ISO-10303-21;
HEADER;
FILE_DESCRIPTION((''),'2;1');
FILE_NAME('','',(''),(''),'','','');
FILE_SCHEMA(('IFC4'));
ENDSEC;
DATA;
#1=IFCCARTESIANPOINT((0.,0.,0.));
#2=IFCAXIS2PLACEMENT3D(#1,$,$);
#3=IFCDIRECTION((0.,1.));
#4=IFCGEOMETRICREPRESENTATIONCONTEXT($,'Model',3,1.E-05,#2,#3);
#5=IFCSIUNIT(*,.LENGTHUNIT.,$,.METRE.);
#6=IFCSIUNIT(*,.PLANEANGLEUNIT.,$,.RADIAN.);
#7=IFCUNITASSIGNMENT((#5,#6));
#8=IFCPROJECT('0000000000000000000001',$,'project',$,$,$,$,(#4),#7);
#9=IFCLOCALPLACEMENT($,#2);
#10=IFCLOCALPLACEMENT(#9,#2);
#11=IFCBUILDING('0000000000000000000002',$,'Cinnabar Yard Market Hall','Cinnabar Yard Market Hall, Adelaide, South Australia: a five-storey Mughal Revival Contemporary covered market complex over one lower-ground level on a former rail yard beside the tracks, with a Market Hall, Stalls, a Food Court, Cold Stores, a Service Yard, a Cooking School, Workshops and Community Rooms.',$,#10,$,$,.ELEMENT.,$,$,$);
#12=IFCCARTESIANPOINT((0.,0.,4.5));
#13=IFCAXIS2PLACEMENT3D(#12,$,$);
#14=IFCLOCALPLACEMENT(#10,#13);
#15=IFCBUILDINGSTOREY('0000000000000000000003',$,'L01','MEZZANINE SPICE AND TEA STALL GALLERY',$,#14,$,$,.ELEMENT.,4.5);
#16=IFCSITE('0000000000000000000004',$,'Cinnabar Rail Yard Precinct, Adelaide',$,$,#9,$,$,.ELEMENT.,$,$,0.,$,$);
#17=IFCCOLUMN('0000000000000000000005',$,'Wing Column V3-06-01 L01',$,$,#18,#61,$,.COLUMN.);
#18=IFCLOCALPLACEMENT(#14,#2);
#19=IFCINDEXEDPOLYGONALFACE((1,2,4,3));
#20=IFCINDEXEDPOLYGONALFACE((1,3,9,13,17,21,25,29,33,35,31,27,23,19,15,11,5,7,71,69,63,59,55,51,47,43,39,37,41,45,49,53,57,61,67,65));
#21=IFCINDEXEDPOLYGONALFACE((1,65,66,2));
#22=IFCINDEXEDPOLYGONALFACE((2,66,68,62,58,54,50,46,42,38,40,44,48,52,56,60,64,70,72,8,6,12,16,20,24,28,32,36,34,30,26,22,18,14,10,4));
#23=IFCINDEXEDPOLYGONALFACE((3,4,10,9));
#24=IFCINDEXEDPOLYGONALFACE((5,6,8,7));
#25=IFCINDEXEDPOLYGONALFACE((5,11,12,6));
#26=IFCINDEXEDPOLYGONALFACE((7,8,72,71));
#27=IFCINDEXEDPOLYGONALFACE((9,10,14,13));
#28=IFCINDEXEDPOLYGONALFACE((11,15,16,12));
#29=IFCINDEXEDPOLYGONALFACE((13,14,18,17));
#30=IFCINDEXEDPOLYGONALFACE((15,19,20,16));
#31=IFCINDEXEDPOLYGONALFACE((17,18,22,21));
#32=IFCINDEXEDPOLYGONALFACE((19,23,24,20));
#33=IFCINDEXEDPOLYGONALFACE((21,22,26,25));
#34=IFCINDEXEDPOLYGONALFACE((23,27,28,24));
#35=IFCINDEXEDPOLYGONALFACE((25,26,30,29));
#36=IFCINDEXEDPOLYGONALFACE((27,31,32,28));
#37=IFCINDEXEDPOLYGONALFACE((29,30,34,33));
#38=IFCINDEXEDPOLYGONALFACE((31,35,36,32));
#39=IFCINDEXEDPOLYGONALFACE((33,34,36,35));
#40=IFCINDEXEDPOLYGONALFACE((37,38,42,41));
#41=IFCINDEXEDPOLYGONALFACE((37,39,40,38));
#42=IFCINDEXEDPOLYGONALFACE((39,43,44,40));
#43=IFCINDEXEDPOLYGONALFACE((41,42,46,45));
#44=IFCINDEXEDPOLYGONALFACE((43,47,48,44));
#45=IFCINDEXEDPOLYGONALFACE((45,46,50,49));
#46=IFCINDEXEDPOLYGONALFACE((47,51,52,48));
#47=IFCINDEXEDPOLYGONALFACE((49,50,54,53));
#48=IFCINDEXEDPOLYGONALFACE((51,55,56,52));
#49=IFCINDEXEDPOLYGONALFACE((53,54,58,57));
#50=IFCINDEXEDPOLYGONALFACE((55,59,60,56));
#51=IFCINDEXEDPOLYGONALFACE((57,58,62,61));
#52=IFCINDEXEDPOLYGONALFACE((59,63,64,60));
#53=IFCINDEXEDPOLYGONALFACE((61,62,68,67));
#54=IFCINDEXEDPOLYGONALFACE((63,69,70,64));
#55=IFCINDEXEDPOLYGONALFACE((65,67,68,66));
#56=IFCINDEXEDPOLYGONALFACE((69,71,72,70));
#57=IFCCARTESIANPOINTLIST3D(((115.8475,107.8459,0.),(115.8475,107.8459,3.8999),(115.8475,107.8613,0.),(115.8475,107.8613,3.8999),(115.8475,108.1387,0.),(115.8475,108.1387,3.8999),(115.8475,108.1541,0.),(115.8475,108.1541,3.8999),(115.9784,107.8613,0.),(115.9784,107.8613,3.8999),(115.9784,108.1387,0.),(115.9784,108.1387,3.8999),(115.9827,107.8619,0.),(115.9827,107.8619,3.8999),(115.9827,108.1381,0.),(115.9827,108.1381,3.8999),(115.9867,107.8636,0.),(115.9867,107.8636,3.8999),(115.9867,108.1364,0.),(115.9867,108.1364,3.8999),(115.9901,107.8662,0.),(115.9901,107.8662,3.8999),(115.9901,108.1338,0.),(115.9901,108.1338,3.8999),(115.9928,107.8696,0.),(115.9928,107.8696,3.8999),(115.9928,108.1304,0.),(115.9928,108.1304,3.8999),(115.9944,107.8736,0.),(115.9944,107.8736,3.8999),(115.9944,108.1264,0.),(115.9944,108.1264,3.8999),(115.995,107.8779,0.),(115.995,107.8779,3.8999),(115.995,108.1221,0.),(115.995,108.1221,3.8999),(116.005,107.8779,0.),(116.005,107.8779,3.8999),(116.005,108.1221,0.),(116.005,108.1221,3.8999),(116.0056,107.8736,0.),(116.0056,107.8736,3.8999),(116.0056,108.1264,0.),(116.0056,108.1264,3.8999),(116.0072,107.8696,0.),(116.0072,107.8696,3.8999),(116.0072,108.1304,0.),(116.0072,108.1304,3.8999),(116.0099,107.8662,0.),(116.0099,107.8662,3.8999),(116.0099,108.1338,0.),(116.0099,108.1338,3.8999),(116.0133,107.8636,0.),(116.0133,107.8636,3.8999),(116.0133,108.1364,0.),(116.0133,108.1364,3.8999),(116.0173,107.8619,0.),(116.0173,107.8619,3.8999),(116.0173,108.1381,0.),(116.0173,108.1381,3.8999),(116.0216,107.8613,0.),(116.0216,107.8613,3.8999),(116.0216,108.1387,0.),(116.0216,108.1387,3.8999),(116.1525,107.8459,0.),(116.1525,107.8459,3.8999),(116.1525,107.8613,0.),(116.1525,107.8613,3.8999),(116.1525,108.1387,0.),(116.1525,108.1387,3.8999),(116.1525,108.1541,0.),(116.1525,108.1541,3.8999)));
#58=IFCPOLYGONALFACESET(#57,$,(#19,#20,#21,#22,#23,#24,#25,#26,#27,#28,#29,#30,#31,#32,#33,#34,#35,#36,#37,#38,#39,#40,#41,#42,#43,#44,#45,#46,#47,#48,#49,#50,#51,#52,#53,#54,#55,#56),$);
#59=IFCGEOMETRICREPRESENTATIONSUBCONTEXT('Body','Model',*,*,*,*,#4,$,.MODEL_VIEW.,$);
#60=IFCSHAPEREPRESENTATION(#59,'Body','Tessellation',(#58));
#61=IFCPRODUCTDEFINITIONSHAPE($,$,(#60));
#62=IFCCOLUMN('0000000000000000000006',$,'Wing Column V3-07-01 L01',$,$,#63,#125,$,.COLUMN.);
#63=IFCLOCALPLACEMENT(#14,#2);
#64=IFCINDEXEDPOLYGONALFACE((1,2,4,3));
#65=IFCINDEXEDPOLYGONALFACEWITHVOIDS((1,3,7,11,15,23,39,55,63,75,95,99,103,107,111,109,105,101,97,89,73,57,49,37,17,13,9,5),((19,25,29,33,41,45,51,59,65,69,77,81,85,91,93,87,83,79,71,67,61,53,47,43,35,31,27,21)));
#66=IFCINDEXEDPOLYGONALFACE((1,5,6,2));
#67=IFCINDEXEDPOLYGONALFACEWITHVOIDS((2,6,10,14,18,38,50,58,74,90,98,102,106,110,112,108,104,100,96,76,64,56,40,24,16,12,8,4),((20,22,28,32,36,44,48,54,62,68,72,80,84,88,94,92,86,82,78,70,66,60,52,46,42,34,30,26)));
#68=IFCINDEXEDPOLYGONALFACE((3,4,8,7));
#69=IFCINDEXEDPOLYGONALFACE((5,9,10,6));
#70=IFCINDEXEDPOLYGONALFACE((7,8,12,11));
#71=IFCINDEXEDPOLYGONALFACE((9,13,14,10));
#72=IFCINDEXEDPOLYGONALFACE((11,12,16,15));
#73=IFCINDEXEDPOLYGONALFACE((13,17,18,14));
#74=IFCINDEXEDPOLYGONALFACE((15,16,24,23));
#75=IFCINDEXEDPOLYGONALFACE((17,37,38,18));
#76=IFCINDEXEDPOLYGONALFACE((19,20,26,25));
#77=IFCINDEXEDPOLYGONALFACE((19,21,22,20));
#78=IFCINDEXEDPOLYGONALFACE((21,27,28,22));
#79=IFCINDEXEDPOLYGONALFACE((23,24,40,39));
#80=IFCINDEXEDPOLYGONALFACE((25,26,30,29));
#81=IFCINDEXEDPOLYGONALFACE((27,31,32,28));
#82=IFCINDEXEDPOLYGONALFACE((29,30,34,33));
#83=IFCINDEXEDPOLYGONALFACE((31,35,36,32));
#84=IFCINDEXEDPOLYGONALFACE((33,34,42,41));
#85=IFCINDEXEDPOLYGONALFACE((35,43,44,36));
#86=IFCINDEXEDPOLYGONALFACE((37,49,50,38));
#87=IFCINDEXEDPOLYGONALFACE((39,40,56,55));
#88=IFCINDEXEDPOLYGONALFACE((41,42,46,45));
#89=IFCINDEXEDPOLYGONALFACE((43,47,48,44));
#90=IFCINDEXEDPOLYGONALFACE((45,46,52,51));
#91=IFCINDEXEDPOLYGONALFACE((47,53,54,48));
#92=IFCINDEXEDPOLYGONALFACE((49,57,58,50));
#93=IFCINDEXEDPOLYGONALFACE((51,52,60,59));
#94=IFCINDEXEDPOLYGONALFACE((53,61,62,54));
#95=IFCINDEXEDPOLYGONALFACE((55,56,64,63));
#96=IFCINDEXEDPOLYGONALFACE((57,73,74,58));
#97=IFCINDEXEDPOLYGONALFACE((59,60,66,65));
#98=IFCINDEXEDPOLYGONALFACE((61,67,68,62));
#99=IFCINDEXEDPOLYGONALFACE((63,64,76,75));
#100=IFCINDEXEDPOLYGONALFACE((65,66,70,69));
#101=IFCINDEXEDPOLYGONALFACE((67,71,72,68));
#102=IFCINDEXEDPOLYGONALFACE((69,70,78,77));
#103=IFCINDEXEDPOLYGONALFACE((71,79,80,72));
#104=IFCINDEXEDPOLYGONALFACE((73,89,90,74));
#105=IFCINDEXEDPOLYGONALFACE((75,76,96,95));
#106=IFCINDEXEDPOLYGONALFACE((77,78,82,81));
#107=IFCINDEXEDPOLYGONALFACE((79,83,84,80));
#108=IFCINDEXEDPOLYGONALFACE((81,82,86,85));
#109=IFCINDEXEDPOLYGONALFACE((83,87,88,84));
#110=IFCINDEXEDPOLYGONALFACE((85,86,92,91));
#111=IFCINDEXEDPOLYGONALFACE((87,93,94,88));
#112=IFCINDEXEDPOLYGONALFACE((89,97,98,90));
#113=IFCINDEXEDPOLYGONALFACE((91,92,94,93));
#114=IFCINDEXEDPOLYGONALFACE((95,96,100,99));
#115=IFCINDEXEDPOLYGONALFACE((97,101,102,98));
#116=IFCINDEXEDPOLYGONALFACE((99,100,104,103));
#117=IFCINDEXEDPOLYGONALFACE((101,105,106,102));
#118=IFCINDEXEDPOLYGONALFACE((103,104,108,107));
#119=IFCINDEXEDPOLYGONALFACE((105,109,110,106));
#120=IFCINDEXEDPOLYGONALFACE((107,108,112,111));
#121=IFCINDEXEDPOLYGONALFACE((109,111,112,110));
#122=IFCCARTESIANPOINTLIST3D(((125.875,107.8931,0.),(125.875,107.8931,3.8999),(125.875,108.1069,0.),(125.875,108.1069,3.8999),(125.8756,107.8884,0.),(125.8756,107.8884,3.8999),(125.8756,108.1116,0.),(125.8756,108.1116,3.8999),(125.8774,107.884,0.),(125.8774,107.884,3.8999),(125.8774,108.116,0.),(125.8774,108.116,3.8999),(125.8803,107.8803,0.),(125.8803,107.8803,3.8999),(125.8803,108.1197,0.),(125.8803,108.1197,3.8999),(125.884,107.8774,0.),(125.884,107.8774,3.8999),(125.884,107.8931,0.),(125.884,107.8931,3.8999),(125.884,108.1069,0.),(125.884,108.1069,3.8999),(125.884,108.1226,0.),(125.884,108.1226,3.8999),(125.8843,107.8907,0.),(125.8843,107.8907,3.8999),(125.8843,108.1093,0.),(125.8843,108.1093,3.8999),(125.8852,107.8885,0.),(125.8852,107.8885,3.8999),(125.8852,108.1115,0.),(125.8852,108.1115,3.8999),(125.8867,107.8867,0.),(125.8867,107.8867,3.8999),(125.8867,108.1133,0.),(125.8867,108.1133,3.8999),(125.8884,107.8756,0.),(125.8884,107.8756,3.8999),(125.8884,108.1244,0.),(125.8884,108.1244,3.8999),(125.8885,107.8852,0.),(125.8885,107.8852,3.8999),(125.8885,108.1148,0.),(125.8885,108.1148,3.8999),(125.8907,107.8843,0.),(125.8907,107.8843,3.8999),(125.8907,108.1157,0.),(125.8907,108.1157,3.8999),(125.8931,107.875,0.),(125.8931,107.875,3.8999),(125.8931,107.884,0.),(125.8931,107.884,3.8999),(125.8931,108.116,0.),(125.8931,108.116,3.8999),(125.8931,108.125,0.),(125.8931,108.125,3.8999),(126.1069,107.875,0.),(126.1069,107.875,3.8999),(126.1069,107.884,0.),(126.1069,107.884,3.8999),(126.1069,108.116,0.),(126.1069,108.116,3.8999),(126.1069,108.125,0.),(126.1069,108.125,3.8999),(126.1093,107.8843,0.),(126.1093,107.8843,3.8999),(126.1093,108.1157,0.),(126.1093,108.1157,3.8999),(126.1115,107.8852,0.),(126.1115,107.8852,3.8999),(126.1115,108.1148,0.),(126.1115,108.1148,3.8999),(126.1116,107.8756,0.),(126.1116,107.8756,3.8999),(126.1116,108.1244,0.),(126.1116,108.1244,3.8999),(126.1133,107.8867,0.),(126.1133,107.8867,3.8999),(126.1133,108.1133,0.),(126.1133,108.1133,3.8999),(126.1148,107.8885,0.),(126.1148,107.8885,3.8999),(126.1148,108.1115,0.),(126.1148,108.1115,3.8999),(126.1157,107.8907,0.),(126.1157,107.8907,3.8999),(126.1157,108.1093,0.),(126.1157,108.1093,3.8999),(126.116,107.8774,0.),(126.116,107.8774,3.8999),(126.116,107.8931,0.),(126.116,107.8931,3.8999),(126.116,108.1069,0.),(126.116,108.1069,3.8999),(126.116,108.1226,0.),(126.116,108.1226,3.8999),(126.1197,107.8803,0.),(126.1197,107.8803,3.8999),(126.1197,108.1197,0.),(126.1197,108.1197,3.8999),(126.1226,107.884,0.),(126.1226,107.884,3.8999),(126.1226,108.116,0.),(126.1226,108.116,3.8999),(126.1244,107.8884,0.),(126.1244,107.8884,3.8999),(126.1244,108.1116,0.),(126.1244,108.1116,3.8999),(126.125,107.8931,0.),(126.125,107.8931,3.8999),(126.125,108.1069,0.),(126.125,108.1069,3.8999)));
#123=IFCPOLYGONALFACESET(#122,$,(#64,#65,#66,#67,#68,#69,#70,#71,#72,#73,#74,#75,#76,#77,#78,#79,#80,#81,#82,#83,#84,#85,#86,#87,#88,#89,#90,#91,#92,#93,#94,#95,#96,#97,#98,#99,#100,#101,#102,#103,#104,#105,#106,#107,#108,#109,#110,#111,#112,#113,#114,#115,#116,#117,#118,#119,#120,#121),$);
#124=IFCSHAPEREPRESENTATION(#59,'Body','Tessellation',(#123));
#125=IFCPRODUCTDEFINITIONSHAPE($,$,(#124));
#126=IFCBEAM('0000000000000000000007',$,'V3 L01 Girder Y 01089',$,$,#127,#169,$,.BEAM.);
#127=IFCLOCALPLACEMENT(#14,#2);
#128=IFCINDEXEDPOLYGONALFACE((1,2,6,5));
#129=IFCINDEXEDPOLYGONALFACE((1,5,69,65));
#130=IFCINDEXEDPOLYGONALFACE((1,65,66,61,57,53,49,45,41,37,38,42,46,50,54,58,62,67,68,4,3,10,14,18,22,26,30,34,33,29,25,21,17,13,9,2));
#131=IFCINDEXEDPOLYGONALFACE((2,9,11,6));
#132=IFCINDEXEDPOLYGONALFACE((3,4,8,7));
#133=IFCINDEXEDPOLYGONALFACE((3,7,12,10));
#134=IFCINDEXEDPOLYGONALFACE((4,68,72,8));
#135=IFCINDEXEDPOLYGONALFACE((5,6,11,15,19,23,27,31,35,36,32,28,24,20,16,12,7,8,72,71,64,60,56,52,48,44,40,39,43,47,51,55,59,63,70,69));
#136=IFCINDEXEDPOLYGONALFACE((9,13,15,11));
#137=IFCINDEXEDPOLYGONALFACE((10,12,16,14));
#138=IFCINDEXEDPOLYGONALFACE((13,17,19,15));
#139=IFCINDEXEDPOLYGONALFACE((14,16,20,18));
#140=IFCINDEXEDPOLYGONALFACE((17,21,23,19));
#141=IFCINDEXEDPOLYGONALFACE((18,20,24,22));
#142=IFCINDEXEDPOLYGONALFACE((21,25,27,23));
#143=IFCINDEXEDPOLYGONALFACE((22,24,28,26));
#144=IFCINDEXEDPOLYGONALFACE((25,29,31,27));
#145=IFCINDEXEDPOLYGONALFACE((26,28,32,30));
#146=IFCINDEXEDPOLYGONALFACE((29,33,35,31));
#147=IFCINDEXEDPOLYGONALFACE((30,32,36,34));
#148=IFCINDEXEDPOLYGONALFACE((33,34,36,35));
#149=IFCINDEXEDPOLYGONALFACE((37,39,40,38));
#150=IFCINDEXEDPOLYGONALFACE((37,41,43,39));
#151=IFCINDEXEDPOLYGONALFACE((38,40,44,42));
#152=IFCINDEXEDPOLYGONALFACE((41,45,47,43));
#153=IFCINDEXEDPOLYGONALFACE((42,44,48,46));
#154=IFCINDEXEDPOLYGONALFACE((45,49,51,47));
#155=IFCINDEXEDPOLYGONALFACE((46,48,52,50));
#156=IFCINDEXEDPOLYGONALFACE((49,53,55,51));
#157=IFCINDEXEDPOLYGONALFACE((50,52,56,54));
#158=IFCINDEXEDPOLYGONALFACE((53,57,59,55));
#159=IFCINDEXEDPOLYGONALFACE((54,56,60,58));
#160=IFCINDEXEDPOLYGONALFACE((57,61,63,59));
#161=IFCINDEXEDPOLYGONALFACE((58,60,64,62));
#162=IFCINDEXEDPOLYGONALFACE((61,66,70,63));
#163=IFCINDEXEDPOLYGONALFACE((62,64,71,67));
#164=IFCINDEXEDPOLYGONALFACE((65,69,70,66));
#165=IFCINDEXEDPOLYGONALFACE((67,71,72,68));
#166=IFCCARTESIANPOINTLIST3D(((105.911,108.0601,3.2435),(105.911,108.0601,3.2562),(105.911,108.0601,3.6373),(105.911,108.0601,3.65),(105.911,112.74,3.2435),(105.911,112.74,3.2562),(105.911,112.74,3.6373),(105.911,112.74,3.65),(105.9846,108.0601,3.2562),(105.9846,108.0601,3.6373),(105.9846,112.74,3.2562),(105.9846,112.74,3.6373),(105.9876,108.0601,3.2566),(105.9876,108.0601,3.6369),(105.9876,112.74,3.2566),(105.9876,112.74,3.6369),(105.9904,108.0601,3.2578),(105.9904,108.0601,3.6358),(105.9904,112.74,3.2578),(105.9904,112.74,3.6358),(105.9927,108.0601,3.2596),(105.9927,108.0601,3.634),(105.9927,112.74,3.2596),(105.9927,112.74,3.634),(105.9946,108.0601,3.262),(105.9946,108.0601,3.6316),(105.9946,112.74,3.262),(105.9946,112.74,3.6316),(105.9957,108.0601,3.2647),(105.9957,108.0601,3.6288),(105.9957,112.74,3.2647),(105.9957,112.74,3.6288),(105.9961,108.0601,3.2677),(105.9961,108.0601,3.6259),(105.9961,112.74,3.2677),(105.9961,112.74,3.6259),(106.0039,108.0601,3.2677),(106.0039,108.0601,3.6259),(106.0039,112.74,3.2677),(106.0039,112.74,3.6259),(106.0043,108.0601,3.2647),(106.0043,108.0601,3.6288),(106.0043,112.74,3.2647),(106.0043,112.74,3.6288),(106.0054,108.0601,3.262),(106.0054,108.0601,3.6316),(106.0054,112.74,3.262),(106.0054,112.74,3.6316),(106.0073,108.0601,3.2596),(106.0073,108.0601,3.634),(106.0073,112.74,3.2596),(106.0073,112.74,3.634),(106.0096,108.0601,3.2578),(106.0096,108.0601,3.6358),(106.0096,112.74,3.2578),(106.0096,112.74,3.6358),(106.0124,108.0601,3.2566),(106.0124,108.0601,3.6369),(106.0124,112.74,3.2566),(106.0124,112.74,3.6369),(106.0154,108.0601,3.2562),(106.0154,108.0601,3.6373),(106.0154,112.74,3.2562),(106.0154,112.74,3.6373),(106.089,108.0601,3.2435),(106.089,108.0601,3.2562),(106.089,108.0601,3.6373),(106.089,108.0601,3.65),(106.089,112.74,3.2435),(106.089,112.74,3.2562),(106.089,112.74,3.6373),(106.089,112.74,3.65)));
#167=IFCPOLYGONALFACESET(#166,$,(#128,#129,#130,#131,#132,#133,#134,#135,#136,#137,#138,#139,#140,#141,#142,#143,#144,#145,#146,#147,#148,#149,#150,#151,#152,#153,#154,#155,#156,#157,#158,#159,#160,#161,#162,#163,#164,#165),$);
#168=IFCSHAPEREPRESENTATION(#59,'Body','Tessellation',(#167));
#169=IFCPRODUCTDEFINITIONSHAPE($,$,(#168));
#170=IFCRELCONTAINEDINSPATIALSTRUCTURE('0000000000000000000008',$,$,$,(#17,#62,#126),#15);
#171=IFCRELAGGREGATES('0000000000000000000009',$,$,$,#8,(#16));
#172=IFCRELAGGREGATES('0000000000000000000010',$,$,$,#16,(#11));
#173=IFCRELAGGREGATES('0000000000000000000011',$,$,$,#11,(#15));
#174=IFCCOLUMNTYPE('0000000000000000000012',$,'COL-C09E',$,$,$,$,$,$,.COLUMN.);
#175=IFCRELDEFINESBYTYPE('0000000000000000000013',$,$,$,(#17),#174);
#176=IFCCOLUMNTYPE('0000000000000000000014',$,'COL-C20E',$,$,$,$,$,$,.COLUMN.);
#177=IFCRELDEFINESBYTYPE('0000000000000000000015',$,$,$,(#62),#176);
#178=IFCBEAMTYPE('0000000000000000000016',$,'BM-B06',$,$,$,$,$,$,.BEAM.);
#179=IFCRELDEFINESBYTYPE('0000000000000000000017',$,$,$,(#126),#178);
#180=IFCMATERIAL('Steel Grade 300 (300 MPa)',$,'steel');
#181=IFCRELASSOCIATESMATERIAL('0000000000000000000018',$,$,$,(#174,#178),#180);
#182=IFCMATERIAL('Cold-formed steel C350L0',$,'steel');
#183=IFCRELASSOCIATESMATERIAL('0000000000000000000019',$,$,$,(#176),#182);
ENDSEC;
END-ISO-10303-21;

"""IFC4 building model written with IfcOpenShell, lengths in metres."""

from ifc_helpers import new_model, si_unit, direction, frame, origin, origin_2d_with_axis, place, context, subcontext, project, spatial, hollow_rectangle, i_section, extrude, material, material_profile, profile_set, type_object, element, save


model = new_model("IFC4")

# Units and contexts
model_context = context("Model", 3, precision=1e-05, world=origin(), true_north=direction((0.0, 1.0)))
body_context = subcontext(model_context, "Body", "Model", "MODEL_VIEW")
ifc_project = project(units=[si_unit("LENGTHUNIT", "METRE"), si_unit("PLANEANGLEUNIT", "RADIAN")], contexts=[model_context])

# Site, building, storey
site_placement = place(None, origin())
site = spatial("IfcSite", under=ifc_project, at=site_placement, Name="Cinnabar Rail Yard Precinct, Adelaide", CompositionType="ELEMENT", RefElevation=0.0)
building_placement = place(site_placement, origin())
building = spatial("IfcBuilding", under=site, at=building_placement, Name="Cinnabar Yard Market Hall", Description="Cinnabar Yard Market Hall, Adelaide, South Australia: a five-storey Mughal Revival Contemporary covered market complex over one lower-ground level on a former rail yard beside the tracks, with a Market Hall, Stalls, a Food Court, Cold Stores, a Service Yard, a Cooking School, Workshops and Community Rooms.", CompositionType="ELEMENT")
storey_placement = place(building_placement, frame((0.0, 0.0, 4.5)))
storey = spatial("IfcBuildingStorey", under=building, at=storey_placement, Name="L01", Description="MEZZANINE SPICE AND TEA STALL GALLERY", CompositionType="ELEMENT", Elevation=4.5)

# Columns
ifc_material_1 = material(Name="Steel Grade 300 (300 MPa)", Category="steel")
ifc_material_profile_1 = material_profile(ifc_material_1, i_section(OverallWidth=0.3049, OverallDepth=0.3081, WebThickness=0.01, FlangeThickness=0.0154, FilletRadius=0.0166, at=origin_2d_with_axis()), Name="310UC96.8")
ifc_profile_set_1 = profile_set([ifc_material_profile_1], Name="Steel Grade 300 (300 MPa)")
column_type_1 = type_object("IfcColumnType", Name="COL-C09E", PredefinedType="COLUMN", material=ifc_profile_set_1)
column_1_placement = place(storey_placement, frame((116.0, 108.0, 0.0), z_axis=(0.0, 0.0, 1.0), x_axis=(1.0, 0.0, 0.0)))
element("IfcColumn", 1, at=column_1_placement, inside=storey, type_object=column_type_1, Name="Wing Column V3-06-01 L01", PredefinedType="COLUMN", context=body_context, shape_type="SweptSolid", body=[
    extrude(i_section(OverallWidth=0.3049, OverallDepth=0.3081, WebThickness=0.01, FlangeThickness=0.0154, FilletRadius=0.0166, at=origin_2d_with_axis()), origin(), (0.0, 0.0, 1.0), 3.8999),
])
ifc_material_2 = material(Name="Cold-formed steel C350L0", Category="steel")
ifc_material_profile_2 = material_profile(ifc_material_2, hollow_rectangle(XDim=0.25, YDim=0.25, WallThickness=0.009, InnerFilletRadius=0.009, OuterFilletRadius=0.0181, at=origin_2d_with_axis()), Name="250x250x9.0SHS")
ifc_profile_set_2 = profile_set([ifc_material_profile_2], Name="Cold-formed steel C350L0")
column_type_2 = type_object("IfcColumnType", Name="COL-C20E", PredefinedType="COLUMN", material=ifc_profile_set_2)
column_2_placement = place(storey_placement, frame((126.0, 108.0, 0.0), z_axis=(0.0, 0.0, 1.0), x_axis=(1.0, 0.0, 0.0)))
element("IfcColumn", 2, at=column_2_placement, inside=storey, type_object=column_type_2, Name="Wing Column V3-07-01 L01", PredefinedType="COLUMN", context=body_context, shape_type="SweptSolid", body=[
    extrude(hollow_rectangle(XDim=0.25, YDim=0.25, WallThickness=0.009, InnerFilletRadius=0.009, OuterFilletRadius=0.0181, at=origin_2d_with_axis()), origin(), (0.0, 0.0, 1.0), 3.8999),
])

# Beam
ifc_material_profile_3 = material_profile(ifc_material_1, i_section(OverallWidth=0.178, OverallDepth=0.4065, WebThickness=0.0078, FlangeThickness=0.0127, FilletRadius=0.0115, at=origin_2d_with_axis()), Name="410UB59.7")
ifc_profile_set_3 = profile_set([ifc_material_profile_3], Name="Steel Grade 300 (300 MPa)")
beam_type_1 = type_object("IfcBeamType", Name="BM-B06", PredefinedType="BEAM", material=ifc_profile_set_3)
for number, where, z_axis, x_axis, name in (
    (3, (106.0, 108.0601, 3.4468), (0.0, 1.0, 0.0), (-1.0, 0.0, 0.0), "V3 L01 Girder Y 01089"),
):
    element("IfcBeam", number, at=place(storey_placement, frame(where, z_axis=z_axis, x_axis=x_axis)), inside=storey, type_object=beam_type_1, Name=name, PredefinedType="BEAM", context=body_context, shape_type="SweptSolid", body=[
        extrude(i_section(OverallWidth=0.178, OverallDepth=0.4065, WebThickness=0.0078, FlangeThickness=0.0127, FilletRadius=0.0115, at=origin_2d_with_axis()), origin(), (0.0, 0.0, 1.0), 4.6799),
    ])

save(model, "model.ifc")
